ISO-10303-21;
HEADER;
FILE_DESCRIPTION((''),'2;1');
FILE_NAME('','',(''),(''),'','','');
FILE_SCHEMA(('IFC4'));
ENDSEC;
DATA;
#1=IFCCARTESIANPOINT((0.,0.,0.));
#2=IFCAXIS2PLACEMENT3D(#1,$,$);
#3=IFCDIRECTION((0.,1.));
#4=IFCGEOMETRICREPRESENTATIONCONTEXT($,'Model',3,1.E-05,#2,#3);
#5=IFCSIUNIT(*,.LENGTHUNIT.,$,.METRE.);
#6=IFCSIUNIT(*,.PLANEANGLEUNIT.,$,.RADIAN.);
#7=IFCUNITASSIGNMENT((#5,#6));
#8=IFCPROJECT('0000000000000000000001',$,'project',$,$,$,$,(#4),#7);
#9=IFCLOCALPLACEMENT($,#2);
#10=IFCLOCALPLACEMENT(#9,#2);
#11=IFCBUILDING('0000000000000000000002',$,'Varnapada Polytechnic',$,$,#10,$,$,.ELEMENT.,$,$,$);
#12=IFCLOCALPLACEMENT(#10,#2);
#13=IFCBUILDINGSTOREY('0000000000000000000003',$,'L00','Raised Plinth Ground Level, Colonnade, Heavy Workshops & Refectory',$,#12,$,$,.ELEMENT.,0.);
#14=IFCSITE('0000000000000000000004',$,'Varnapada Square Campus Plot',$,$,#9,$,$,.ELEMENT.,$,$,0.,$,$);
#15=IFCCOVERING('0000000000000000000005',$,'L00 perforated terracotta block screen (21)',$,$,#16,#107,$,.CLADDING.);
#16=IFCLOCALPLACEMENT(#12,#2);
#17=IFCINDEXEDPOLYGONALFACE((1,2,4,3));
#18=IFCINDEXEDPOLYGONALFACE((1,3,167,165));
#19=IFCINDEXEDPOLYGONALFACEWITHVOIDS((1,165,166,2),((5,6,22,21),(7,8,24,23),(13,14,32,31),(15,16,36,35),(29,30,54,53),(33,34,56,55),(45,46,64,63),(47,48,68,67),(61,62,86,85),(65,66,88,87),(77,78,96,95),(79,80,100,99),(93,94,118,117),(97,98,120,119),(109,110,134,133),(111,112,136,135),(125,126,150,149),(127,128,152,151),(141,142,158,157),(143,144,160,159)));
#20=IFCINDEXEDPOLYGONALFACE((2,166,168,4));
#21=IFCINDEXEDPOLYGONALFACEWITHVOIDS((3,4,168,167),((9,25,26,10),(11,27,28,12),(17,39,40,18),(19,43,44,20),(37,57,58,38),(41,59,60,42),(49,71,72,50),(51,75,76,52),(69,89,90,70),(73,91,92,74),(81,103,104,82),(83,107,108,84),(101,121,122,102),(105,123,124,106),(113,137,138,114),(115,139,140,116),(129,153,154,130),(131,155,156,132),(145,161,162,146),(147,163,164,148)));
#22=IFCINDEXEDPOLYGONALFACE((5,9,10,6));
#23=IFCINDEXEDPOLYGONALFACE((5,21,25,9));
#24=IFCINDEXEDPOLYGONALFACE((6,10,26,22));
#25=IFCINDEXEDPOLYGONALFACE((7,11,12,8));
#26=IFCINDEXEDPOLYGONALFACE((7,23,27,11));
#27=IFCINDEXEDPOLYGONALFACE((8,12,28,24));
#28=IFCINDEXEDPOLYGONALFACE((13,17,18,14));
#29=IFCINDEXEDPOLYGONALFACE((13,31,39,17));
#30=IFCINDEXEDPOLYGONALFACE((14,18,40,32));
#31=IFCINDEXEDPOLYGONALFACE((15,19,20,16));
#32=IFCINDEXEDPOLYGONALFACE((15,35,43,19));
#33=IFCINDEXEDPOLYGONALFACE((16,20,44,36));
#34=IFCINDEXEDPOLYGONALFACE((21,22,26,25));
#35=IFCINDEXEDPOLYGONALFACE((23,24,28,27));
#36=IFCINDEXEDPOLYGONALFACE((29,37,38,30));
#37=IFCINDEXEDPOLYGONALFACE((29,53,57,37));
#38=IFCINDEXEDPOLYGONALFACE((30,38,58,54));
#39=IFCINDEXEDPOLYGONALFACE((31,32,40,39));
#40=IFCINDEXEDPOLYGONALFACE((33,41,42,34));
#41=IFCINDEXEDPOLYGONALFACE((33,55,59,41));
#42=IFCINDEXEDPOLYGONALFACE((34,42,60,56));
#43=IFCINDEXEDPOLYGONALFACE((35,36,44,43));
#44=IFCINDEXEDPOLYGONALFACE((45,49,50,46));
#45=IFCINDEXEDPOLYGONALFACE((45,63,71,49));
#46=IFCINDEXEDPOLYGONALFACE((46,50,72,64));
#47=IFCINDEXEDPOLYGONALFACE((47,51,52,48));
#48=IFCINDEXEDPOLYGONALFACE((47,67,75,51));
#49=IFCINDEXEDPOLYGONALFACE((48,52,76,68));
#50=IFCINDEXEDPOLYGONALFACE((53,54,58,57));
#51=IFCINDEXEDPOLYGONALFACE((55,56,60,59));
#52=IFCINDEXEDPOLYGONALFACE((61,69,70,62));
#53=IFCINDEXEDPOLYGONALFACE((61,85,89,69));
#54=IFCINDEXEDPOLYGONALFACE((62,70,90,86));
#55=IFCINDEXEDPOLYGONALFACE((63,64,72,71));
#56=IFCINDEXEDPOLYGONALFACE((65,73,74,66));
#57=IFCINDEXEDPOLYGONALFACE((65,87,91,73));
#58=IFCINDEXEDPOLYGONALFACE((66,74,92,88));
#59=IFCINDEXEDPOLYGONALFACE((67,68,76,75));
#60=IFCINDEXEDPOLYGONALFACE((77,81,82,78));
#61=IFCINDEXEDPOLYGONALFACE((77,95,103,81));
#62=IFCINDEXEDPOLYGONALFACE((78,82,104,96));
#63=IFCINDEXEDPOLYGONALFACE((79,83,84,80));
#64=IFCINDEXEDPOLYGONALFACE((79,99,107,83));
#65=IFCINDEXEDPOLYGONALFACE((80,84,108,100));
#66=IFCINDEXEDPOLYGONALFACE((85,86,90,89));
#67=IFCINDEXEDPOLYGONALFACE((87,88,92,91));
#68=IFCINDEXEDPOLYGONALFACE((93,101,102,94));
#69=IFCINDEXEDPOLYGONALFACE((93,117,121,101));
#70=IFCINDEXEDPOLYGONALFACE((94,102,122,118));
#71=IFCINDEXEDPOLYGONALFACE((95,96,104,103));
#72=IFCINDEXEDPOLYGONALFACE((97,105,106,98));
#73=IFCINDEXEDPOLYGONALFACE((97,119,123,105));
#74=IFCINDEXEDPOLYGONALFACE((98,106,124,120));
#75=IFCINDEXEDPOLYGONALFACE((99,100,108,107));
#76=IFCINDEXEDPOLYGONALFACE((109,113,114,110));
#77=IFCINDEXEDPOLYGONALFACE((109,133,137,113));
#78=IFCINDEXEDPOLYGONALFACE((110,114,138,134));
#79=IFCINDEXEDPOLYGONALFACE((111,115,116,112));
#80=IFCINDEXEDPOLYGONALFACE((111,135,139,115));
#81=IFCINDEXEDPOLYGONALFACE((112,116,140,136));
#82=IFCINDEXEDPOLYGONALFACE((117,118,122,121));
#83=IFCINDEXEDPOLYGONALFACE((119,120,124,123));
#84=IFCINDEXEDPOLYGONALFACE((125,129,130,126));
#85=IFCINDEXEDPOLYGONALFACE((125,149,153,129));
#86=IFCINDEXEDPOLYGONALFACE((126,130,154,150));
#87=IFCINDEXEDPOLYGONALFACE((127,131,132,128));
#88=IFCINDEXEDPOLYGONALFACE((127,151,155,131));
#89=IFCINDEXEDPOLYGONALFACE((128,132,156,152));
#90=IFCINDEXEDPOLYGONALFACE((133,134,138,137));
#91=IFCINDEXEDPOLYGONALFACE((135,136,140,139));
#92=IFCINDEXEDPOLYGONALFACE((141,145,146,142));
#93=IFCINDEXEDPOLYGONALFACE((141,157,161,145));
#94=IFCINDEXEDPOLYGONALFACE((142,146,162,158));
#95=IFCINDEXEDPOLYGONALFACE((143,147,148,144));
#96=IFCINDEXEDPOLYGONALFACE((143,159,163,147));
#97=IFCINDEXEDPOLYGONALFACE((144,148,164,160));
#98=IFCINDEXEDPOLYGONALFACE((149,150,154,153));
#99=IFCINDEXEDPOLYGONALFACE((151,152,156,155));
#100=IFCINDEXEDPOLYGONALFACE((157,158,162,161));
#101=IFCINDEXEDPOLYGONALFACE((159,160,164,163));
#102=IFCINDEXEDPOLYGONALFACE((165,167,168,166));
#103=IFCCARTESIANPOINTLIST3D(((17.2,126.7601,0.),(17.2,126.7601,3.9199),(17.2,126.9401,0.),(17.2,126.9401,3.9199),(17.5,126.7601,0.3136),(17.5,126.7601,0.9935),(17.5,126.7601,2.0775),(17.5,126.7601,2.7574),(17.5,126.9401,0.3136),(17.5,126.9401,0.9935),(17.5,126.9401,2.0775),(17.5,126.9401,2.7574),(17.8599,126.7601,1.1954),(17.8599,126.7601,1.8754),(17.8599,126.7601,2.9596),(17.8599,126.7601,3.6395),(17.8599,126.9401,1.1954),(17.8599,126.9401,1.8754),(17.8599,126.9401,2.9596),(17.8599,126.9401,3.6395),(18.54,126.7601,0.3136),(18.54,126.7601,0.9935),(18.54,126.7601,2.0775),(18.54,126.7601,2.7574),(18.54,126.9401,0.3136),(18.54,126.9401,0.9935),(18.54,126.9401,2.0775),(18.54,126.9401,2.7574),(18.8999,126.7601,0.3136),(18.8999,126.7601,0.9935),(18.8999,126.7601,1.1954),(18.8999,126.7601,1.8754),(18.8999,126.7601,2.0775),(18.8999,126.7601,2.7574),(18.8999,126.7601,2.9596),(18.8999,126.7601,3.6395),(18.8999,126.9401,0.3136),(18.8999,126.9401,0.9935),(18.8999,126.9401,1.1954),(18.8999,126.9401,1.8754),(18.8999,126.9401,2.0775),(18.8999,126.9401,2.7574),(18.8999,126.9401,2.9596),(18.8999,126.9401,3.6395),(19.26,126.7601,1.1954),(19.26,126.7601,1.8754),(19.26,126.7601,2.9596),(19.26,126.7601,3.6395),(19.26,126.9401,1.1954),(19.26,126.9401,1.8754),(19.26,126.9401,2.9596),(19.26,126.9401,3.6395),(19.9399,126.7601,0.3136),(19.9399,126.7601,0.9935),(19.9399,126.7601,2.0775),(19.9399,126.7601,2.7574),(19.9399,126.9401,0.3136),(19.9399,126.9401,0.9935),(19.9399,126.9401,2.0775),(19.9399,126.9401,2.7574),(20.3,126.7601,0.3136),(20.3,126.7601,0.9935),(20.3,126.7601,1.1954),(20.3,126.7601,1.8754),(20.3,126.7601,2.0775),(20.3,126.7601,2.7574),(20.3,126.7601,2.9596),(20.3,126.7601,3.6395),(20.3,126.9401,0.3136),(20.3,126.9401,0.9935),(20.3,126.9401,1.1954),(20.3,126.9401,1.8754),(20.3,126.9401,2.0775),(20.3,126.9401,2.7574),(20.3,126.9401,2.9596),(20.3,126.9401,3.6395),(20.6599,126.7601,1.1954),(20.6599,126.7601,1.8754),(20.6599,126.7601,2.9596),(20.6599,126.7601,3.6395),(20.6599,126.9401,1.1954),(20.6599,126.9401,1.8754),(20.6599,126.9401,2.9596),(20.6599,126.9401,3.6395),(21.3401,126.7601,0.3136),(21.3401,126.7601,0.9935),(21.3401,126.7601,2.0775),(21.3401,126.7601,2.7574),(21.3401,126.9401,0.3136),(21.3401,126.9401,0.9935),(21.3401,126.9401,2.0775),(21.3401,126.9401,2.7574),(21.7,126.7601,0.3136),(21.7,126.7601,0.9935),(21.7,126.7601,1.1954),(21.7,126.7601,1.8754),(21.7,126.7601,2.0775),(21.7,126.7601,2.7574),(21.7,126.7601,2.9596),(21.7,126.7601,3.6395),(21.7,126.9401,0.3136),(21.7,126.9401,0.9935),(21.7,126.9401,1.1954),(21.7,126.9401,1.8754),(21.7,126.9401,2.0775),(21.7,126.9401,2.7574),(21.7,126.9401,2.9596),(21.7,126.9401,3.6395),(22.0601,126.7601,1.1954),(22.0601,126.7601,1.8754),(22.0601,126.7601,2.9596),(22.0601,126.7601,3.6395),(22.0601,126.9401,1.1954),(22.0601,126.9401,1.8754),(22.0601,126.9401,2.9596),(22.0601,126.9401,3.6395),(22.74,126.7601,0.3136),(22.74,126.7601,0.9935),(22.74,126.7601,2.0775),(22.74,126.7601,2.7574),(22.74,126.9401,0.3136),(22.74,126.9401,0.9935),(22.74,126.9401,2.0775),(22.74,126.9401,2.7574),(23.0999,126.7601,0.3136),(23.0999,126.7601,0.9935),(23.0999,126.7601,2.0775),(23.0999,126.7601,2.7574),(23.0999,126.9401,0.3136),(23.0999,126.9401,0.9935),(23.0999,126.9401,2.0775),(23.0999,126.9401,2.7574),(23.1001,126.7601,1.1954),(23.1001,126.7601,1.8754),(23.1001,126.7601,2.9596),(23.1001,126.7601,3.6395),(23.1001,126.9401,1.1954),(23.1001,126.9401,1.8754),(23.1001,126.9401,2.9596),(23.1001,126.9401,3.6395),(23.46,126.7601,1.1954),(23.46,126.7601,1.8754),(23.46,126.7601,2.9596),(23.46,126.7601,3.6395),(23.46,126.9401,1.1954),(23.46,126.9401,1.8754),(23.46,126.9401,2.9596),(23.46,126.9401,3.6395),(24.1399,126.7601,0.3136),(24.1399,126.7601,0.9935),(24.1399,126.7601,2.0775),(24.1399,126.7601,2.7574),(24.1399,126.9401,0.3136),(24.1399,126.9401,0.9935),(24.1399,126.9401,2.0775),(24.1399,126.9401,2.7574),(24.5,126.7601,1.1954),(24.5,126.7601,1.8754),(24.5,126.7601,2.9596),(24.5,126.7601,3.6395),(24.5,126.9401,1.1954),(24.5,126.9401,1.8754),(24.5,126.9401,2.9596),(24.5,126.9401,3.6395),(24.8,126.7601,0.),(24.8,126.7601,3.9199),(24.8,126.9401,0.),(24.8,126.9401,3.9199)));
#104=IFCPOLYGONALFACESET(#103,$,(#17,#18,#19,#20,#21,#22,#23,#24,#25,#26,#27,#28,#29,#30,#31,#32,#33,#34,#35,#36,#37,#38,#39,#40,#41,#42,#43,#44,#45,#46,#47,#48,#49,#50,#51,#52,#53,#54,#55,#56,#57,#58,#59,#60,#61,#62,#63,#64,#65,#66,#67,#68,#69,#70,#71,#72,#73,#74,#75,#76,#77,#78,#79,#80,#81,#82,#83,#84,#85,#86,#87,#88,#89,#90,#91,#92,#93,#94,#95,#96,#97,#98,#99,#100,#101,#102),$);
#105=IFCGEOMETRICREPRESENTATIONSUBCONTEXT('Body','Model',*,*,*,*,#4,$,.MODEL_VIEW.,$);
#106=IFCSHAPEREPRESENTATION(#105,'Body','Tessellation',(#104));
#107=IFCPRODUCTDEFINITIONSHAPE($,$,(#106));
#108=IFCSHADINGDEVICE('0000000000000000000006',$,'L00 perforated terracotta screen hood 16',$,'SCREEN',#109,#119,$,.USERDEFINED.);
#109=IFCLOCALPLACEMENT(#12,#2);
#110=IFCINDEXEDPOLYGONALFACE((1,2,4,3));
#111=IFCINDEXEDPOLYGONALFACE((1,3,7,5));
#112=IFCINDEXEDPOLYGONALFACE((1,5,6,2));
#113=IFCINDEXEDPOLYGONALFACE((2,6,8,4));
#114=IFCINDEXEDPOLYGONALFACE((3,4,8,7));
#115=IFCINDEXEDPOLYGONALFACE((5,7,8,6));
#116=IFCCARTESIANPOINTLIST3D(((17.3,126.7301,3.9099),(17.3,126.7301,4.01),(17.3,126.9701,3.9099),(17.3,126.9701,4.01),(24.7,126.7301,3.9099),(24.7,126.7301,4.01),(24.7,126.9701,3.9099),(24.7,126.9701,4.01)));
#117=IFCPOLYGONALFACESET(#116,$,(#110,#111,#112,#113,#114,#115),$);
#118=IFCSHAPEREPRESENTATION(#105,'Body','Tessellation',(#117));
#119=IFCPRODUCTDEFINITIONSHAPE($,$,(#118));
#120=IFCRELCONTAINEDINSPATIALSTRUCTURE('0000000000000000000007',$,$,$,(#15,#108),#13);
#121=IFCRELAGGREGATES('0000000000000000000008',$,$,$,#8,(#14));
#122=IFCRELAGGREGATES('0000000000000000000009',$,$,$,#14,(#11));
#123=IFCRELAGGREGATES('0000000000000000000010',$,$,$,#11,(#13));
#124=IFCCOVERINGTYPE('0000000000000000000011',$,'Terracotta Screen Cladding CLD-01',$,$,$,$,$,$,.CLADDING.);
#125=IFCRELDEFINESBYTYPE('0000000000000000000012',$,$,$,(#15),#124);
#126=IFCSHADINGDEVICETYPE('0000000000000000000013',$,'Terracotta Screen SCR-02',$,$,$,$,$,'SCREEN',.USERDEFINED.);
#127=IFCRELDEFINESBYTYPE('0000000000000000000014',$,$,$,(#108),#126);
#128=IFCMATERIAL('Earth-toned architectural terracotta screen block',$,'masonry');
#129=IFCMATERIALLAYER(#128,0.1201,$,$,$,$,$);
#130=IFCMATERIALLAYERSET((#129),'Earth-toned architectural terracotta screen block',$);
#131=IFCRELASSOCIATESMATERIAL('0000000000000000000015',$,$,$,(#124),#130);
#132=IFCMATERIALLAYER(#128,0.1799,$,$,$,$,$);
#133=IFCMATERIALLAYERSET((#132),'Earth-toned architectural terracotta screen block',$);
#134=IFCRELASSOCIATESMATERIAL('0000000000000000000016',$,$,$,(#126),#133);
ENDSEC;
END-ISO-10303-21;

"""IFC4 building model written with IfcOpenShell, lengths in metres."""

from ifc_helpers import new_model, si_unit, direction, frame, frame_2d, origin, origin_2d, place, context, subcontext, project, spatial, rectangle, extrude, material, layer, layer_set, type_object, element, save


model = new_model("IFC4")

# Units and contexts
model_context = context("Model", 3, precision=1e-05, world=origin(), true_north=direction((0.0, 1.0)))
body_context = subcontext(model_context, "Body", "Model", "MODEL_VIEW")
ifc_project = project(units=[si_unit("LENGTHUNIT", "METRE"), si_unit("PLANEANGLEUNIT", "RADIAN")], contexts=[model_context])

# Site, building, storey
site_placement = place(None, origin())
site = spatial("IfcSite", under=ifc_project, at=site_placement, Name="Varnapada Square Campus Plot", CompositionType="ELEMENT", RefElevation=0.0)
building_placement = place(site_placement, origin())
building = spatial("IfcBuilding", under=site, at=building_placement, Name="Varnapada Polytechnic", CompositionType="ELEMENT")
storey_placement = place(building_placement, origin())
storey = spatial("IfcBuildingStorey", under=building, at=storey_placement, Name="L00", Description="Raised Plinth Ground Level, Colonnade, Heavy Workshops & Refectory", CompositionType="ELEMENT", Elevation=0.0)

# Covering, openings
ifc_material_1 = material(Name="Earth-toned architectural terracotta screen block", Category="masonry")
ifc_layer_1 = layer(ifc_material_1, 0.1201)
ifc_layer_set_1 = layer_set([ifc_layer_1], Name="Earth-toned architectural terracotta screen block")
covering_type = type_object("IfcCoveringType", Name="Terracotta Screen Cladding CLD-01", PredefinedType="CLADDING", material=ifc_layer_set_1)
covering_placement = place(storey_placement, frame((17.2, 126.8501, 0.0), z_axis=(0.0, 0.0, 1.0), x_axis=(1.0, 0.0, 0.0)))
covering = element("IfcCovering", 1, at=covering_placement, inside=storey, type_object=covering_type, Name="L00 perforated terracotta block screen (21)", PredefinedType="CLADDING", context=body_context, shape_type="SweptSolid", body=[
    extrude(rectangle(XDim=7.6001, YDim=0.1799, at=frame_2d((3.8, 0.0))), origin(), (0.0, 0.0, 1.0), 3.9199),
])
opening_1_placement = place(covering_placement, frame((0.3, 0.0, 0.3137)))
element("IfcOpeningElement", 2, at=opening_1_placement, cuts=covering, PredefinedType="OPENING", context=body_context, shape_type="SweptSolid", body=[
    extrude(rectangle(XDim=1.04, YDim=0.6799, at=frame_2d((0.52, 0.3398))), frame((0.0, 0.0999, 0.0), z_axis=(0.0, -1.0, 0.0), x_axis=(1.0, 0.0, 0.0)), (0.0, 0.0, 1.0), 0.2),
])
opening_2_placement = place(covering_placement, frame((1.7, 0.0, 0.3137)))
element("IfcOpeningElement", 3, at=opening_2_placement, cuts=covering, PredefinedType="OPENING", context=body_context, shape_type="SweptSolid", body=[
    extrude(rectangle(XDim=1.04, YDim=0.6799, at=frame_2d((0.52, 0.3398))), frame((0.0, 0.0999, 0.0), z_axis=(0.0, -1.0, 0.0), x_axis=(1.0, 0.0, 0.0)), (0.0, 0.0, 1.0), 0.2),
])
opening_3_placement = place(covering_placement, frame((3.1001, 0.0, 0.3137)))
element("IfcOpeningElement", 4, at=opening_3_placement, cuts=covering, PredefinedType="OPENING", context=body_context, shape_type="SweptSolid", body=[
    extrude(rectangle(XDim=1.04, YDim=0.6799, at=frame_2d((0.52, 0.3398))), frame((0.0, 0.0999, 0.0), z_axis=(0.0, -1.0, 0.0), x_axis=(1.0, 0.0, 0.0)), (0.0, 0.0, 1.0), 0.2),
])
opening_4_placement = place(covering_placement, frame((4.5, 0.0, 0.3137)))
element("IfcOpeningElement", 5, at=opening_4_placement, cuts=covering, PredefinedType="OPENING", context=body_context, shape_type="SweptSolid", body=[
    extrude(rectangle(XDim=1.04, YDim=0.6799, at=frame_2d((0.52, 0.3398))), frame((0.0, 0.0999, 0.0), z_axis=(0.0, -1.0, 0.0), x_axis=(1.0, 0.0, 0.0)), (0.0, 0.0, 1.0), 0.2),
])
opening_5_placement = place(covering_placement, frame((5.8999, 0.0, 0.3137)))
element("IfcOpeningElement", 6, at=opening_5_placement, cuts=covering, PredefinedType="OPENING", context=body_context, shape_type="SweptSolid", body=[
    extrude(rectangle(XDim=1.04, YDim=0.6799, at=frame_2d((0.52, 0.3398))), frame((0.0, 0.0999, 0.0), z_axis=(0.0, -1.0, 0.0), x_axis=(1.0, 0.0, 0.0)), (0.0, 0.0, 1.0), 0.2),
])
opening_6_placement = place(covering_placement, frame((0.6599, 0.0, 1.1956)))
element("IfcOpeningElement", 7, at=opening_6_placement, cuts=covering, PredefinedType="OPENING", context=body_context, shape_type="SweptSolid", body=[
    extrude(rectangle(XDim=1.04, YDim=0.6799, at=frame_2d((0.52, 0.3398))), frame((0.0, 0.0999, 0.0), z_axis=(0.0, -1.0, 0.0), x_axis=(1.0, 0.0, 0.0)), (0.0, 0.0, 1.0), 0.2),
])
opening_7_placement = place(covering_placement, frame((2.0601, 0.0, 1.1956)))
element("IfcOpeningElement", 8, at=opening_7_placement, cuts=covering, PredefinedType="OPENING", context=body_context, shape_type="SweptSolid", body=[
    extrude(rectangle(XDim=1.04, YDim=0.6799, at=frame_2d((0.52, 0.3398))), frame((0.0, 0.0999, 0.0), z_axis=(0.0, -1.0, 0.0), x_axis=(1.0, 0.0, 0.0)), (0.0, 0.0, 1.0), 0.2),
])
opening_8_placement = place(covering_placement, frame((3.46, 0.0, 1.1956)))
element("IfcOpeningElement", 9, at=opening_8_placement, cuts=covering, PredefinedType="OPENING", context=body_context, shape_type="SweptSolid", body=[
    extrude(rectangle(XDim=1.04, YDim=0.6799, at=frame_2d((0.52, 0.3398))), frame((0.0, 0.0999, 0.0), z_axis=(0.0, -1.0, 0.0), x_axis=(1.0, 0.0, 0.0)), (0.0, 0.0, 1.0), 0.2),
])
opening_9_placement = place(covering_placement, frame((4.8601, 0.0, 1.1956)))
element("IfcOpeningElement", 10, at=opening_9_placement, cuts=covering, PredefinedType="OPENING", context=body_context, shape_type="SweptSolid", body=[
    extrude(rectangle(XDim=1.04, YDim=0.6799, at=frame_2d((0.52, 0.3398))), frame((0.0, 0.0999, 0.0), z_axis=(0.0, -1.0, 0.0), x_axis=(1.0, 0.0, 0.0)), (0.0, 0.0, 1.0), 0.2),
])
opening_10_placement = place(covering_placement, frame((6.26, 0.0, 1.1956)))
element("IfcOpeningElement", 11, at=opening_10_placement, cuts=covering, PredefinedType="OPENING", context=body_context, shape_type="SweptSolid", body=[
    extrude(rectangle(XDim=1.04, YDim=0.6799, at=frame_2d((0.52, 0.3398))), frame((0.0, 0.0999, 0.0), z_axis=(0.0, -1.0, 0.0), x_axis=(1.0, 0.0, 0.0)), (0.0, 0.0, 1.0), 0.2),
])
opening_11_placement = place(covering_placement, frame((0.3, 0.0, 2.0776)))
element("IfcOpeningElement", 12, at=opening_11_placement, cuts=covering, PredefinedType="OPENING", context=body_context, shape_type="SweptSolid", body=[
    extrude(rectangle(XDim=1.04, YDim=0.6799, at=frame_2d((0.52, 0.3398))), frame((0.0, 0.0999, 0.0), z_axis=(0.0, -1.0, 0.0), x_axis=(1.0, 0.0, 0.0)), (0.0, 0.0, 1.0), 0.2),
])
opening_12_placement = place(covering_placement, frame((1.7, 0.0, 2.0776)))
element("IfcOpeningElement", 13, at=opening_12_placement, cuts=covering, PredefinedType="OPENING", context=body_context, shape_type="SweptSolid", body=[
    extrude(rectangle(XDim=1.04, YDim=0.6799, at=frame_2d((0.52, 0.3398))), frame((0.0, 0.0999, 0.0), z_axis=(0.0, -1.0, 0.0), x_axis=(1.0, 0.0, 0.0)), (0.0, 0.0, 1.0), 0.2),
])
opening_13_placement = place(covering_placement, frame((3.1001, 0.0, 2.0776)))
element("IfcOpeningElement", 14, at=opening_13_placement, cuts=covering, PredefinedType="OPENING", context=body_context, shape_type="SweptSolid", body=[
    extrude(rectangle(XDim=1.04, YDim=0.6799, at=frame_2d((0.52, 0.3398))), frame((0.0, 0.0999, 0.0), z_axis=(0.0, -1.0, 0.0), x_axis=(1.0, 0.0, 0.0)), (0.0, 0.0, 1.0), 0.2),
])
opening_14_placement = place(covering_placement, frame((4.5, 0.0, 2.0776)))
element("IfcOpeningElement", 15, at=opening_14_placement, cuts=covering, PredefinedType="OPENING", context=body_context, shape_type="SweptSolid", body=[
    extrude(rectangle(XDim=1.04, YDim=0.6799, at=frame_2d((0.52, 0.3398))), frame((0.0, 0.0999, 0.0), z_axis=(0.0, -1.0, 0.0), x_axis=(1.0, 0.0, 0.0)), (0.0, 0.0, 1.0), 0.2),
])
opening_15_placement = place(covering_placement, frame((5.8999, 0.0, 2.0776)))
element("IfcOpeningElement", 16, at=opening_15_placement, cuts=covering, PredefinedType="OPENING", context=body_context, shape_type="SweptSolid", body=[
    extrude(rectangle(XDim=1.04, YDim=0.6799, at=frame_2d((0.52, 0.3398))), frame((0.0, 0.0999, 0.0), z_axis=(0.0, -1.0, 0.0), x_axis=(1.0, 0.0, 0.0)), (0.0, 0.0, 1.0), 0.2),
])
opening_16_placement = place(covering_placement, frame((0.6599, 0.0, 2.9597)))
element("IfcOpeningElement", 17, at=opening_16_placement, cuts=covering, PredefinedType="OPENING", context=body_context, shape_type="SweptSolid", body=[
    extrude(rectangle(XDim=1.04, YDim=0.6799, at=frame_2d((0.52, 0.3398))), frame((0.0, 0.0999, 0.0), z_axis=(0.0, -1.0, 0.0), x_axis=(1.0, 0.0, 0.0)), (0.0, 0.0, 1.0), 0.2),
])
opening_17_placement = place(covering_placement, frame((2.0601, 0.0, 2.9597)))
element("IfcOpeningElement", 18, at=opening_17_placement, cuts=covering, PredefinedType="OPENING", context=body_context, shape_type="SweptSolid", body=[
    extrude(rectangle(XDim=1.04, YDim=0.6799, at=frame_2d((0.52, 0.3398))), frame((0.0, 0.0999, 0.0), z_axis=(0.0, -1.0, 0.0), x_axis=(1.0, 0.0, 0.0)), (0.0, 0.0, 1.0), 0.2),
])
opening_18_placement = place(covering_placement, frame((3.46, 0.0, 2.9597)))
element("IfcOpeningElement", 19, at=opening_18_placement, cuts=covering, PredefinedType="OPENING", context=body_context, shape_type="SweptSolid", body=[
    extrude(rectangle(XDim=1.04, YDim=0.6799, at=frame_2d((0.52, 0.3398))), frame((0.0, 0.0999, 0.0), z_axis=(0.0, -1.0, 0.0), x_axis=(1.0, 0.0, 0.0)), (0.0, 0.0, 1.0), 0.2),
])
opening_19_placement = place(covering_placement, frame((4.8601, 0.0, 2.9597)))
element("IfcOpeningElement", 20, at=opening_19_placement, cuts=covering, PredefinedType="OPENING", context=body_context, shape_type="SweptSolid", body=[
    extrude(rectangle(XDim=1.04, YDim=0.6799, at=frame_2d((0.52, 0.3398))), frame((0.0, 0.0999, 0.0), z_axis=(0.0, -1.0, 0.0), x_axis=(1.0, 0.0, 0.0)), (0.0, 0.0, 1.0), 0.2),
])
opening_20_placement = place(covering_placement, frame((6.26, 0.0, 2.9597)))
element("IfcOpeningElement", 21, at=opening_20_placement, cuts=covering, PredefinedType="OPENING", context=body_context, shape_type="SweptSolid", body=[
    extrude(rectangle(XDim=1.04, YDim=0.6799, at=frame_2d((0.52, 0.3398))), frame((0.0, 0.0999, 0.0), z_axis=(0.0, -1.0, 0.0), x_axis=(1.0, 0.0, 0.0)), (0.0, 0.0, 1.0), 0.2),
])

# Shading device
ifc_layer_2 = layer(ifc_material_1, 0.1799)
ifc_layer_set_2 = layer_set([ifc_layer_2], Name="Earth-toned architectural terracotta screen block")
shading_device_type = type_object("IfcShadingDeviceType", Name="Terracotta Screen SCR-02", ElementType="SCREEN", PredefinedType="USERDEFINED", material=ifc_layer_set_2)
shading_device_placement = place(storey_placement, frame((21.0, 126.8501, 3.9099), z_axis=(0.0, 0.0, 1.0), x_axis=(1.0, 0.0, 0.0)))
element("IfcShadingDevice", 22, at=shading_device_placement, inside=storey, type_object=shading_device_type, Name="L00 perforated terracotta screen hood 16", ObjectType="SCREEN", PredefinedType="USERDEFINED", context=body_context, shape_type="SweptSolid", body=[
    extrude(rectangle(XDim=7.3999, YDim=0.24, at=origin_2d()), origin(), (0.0, 0.0, 1.0), 0.1001),
])

save(model, "model.ifc")
